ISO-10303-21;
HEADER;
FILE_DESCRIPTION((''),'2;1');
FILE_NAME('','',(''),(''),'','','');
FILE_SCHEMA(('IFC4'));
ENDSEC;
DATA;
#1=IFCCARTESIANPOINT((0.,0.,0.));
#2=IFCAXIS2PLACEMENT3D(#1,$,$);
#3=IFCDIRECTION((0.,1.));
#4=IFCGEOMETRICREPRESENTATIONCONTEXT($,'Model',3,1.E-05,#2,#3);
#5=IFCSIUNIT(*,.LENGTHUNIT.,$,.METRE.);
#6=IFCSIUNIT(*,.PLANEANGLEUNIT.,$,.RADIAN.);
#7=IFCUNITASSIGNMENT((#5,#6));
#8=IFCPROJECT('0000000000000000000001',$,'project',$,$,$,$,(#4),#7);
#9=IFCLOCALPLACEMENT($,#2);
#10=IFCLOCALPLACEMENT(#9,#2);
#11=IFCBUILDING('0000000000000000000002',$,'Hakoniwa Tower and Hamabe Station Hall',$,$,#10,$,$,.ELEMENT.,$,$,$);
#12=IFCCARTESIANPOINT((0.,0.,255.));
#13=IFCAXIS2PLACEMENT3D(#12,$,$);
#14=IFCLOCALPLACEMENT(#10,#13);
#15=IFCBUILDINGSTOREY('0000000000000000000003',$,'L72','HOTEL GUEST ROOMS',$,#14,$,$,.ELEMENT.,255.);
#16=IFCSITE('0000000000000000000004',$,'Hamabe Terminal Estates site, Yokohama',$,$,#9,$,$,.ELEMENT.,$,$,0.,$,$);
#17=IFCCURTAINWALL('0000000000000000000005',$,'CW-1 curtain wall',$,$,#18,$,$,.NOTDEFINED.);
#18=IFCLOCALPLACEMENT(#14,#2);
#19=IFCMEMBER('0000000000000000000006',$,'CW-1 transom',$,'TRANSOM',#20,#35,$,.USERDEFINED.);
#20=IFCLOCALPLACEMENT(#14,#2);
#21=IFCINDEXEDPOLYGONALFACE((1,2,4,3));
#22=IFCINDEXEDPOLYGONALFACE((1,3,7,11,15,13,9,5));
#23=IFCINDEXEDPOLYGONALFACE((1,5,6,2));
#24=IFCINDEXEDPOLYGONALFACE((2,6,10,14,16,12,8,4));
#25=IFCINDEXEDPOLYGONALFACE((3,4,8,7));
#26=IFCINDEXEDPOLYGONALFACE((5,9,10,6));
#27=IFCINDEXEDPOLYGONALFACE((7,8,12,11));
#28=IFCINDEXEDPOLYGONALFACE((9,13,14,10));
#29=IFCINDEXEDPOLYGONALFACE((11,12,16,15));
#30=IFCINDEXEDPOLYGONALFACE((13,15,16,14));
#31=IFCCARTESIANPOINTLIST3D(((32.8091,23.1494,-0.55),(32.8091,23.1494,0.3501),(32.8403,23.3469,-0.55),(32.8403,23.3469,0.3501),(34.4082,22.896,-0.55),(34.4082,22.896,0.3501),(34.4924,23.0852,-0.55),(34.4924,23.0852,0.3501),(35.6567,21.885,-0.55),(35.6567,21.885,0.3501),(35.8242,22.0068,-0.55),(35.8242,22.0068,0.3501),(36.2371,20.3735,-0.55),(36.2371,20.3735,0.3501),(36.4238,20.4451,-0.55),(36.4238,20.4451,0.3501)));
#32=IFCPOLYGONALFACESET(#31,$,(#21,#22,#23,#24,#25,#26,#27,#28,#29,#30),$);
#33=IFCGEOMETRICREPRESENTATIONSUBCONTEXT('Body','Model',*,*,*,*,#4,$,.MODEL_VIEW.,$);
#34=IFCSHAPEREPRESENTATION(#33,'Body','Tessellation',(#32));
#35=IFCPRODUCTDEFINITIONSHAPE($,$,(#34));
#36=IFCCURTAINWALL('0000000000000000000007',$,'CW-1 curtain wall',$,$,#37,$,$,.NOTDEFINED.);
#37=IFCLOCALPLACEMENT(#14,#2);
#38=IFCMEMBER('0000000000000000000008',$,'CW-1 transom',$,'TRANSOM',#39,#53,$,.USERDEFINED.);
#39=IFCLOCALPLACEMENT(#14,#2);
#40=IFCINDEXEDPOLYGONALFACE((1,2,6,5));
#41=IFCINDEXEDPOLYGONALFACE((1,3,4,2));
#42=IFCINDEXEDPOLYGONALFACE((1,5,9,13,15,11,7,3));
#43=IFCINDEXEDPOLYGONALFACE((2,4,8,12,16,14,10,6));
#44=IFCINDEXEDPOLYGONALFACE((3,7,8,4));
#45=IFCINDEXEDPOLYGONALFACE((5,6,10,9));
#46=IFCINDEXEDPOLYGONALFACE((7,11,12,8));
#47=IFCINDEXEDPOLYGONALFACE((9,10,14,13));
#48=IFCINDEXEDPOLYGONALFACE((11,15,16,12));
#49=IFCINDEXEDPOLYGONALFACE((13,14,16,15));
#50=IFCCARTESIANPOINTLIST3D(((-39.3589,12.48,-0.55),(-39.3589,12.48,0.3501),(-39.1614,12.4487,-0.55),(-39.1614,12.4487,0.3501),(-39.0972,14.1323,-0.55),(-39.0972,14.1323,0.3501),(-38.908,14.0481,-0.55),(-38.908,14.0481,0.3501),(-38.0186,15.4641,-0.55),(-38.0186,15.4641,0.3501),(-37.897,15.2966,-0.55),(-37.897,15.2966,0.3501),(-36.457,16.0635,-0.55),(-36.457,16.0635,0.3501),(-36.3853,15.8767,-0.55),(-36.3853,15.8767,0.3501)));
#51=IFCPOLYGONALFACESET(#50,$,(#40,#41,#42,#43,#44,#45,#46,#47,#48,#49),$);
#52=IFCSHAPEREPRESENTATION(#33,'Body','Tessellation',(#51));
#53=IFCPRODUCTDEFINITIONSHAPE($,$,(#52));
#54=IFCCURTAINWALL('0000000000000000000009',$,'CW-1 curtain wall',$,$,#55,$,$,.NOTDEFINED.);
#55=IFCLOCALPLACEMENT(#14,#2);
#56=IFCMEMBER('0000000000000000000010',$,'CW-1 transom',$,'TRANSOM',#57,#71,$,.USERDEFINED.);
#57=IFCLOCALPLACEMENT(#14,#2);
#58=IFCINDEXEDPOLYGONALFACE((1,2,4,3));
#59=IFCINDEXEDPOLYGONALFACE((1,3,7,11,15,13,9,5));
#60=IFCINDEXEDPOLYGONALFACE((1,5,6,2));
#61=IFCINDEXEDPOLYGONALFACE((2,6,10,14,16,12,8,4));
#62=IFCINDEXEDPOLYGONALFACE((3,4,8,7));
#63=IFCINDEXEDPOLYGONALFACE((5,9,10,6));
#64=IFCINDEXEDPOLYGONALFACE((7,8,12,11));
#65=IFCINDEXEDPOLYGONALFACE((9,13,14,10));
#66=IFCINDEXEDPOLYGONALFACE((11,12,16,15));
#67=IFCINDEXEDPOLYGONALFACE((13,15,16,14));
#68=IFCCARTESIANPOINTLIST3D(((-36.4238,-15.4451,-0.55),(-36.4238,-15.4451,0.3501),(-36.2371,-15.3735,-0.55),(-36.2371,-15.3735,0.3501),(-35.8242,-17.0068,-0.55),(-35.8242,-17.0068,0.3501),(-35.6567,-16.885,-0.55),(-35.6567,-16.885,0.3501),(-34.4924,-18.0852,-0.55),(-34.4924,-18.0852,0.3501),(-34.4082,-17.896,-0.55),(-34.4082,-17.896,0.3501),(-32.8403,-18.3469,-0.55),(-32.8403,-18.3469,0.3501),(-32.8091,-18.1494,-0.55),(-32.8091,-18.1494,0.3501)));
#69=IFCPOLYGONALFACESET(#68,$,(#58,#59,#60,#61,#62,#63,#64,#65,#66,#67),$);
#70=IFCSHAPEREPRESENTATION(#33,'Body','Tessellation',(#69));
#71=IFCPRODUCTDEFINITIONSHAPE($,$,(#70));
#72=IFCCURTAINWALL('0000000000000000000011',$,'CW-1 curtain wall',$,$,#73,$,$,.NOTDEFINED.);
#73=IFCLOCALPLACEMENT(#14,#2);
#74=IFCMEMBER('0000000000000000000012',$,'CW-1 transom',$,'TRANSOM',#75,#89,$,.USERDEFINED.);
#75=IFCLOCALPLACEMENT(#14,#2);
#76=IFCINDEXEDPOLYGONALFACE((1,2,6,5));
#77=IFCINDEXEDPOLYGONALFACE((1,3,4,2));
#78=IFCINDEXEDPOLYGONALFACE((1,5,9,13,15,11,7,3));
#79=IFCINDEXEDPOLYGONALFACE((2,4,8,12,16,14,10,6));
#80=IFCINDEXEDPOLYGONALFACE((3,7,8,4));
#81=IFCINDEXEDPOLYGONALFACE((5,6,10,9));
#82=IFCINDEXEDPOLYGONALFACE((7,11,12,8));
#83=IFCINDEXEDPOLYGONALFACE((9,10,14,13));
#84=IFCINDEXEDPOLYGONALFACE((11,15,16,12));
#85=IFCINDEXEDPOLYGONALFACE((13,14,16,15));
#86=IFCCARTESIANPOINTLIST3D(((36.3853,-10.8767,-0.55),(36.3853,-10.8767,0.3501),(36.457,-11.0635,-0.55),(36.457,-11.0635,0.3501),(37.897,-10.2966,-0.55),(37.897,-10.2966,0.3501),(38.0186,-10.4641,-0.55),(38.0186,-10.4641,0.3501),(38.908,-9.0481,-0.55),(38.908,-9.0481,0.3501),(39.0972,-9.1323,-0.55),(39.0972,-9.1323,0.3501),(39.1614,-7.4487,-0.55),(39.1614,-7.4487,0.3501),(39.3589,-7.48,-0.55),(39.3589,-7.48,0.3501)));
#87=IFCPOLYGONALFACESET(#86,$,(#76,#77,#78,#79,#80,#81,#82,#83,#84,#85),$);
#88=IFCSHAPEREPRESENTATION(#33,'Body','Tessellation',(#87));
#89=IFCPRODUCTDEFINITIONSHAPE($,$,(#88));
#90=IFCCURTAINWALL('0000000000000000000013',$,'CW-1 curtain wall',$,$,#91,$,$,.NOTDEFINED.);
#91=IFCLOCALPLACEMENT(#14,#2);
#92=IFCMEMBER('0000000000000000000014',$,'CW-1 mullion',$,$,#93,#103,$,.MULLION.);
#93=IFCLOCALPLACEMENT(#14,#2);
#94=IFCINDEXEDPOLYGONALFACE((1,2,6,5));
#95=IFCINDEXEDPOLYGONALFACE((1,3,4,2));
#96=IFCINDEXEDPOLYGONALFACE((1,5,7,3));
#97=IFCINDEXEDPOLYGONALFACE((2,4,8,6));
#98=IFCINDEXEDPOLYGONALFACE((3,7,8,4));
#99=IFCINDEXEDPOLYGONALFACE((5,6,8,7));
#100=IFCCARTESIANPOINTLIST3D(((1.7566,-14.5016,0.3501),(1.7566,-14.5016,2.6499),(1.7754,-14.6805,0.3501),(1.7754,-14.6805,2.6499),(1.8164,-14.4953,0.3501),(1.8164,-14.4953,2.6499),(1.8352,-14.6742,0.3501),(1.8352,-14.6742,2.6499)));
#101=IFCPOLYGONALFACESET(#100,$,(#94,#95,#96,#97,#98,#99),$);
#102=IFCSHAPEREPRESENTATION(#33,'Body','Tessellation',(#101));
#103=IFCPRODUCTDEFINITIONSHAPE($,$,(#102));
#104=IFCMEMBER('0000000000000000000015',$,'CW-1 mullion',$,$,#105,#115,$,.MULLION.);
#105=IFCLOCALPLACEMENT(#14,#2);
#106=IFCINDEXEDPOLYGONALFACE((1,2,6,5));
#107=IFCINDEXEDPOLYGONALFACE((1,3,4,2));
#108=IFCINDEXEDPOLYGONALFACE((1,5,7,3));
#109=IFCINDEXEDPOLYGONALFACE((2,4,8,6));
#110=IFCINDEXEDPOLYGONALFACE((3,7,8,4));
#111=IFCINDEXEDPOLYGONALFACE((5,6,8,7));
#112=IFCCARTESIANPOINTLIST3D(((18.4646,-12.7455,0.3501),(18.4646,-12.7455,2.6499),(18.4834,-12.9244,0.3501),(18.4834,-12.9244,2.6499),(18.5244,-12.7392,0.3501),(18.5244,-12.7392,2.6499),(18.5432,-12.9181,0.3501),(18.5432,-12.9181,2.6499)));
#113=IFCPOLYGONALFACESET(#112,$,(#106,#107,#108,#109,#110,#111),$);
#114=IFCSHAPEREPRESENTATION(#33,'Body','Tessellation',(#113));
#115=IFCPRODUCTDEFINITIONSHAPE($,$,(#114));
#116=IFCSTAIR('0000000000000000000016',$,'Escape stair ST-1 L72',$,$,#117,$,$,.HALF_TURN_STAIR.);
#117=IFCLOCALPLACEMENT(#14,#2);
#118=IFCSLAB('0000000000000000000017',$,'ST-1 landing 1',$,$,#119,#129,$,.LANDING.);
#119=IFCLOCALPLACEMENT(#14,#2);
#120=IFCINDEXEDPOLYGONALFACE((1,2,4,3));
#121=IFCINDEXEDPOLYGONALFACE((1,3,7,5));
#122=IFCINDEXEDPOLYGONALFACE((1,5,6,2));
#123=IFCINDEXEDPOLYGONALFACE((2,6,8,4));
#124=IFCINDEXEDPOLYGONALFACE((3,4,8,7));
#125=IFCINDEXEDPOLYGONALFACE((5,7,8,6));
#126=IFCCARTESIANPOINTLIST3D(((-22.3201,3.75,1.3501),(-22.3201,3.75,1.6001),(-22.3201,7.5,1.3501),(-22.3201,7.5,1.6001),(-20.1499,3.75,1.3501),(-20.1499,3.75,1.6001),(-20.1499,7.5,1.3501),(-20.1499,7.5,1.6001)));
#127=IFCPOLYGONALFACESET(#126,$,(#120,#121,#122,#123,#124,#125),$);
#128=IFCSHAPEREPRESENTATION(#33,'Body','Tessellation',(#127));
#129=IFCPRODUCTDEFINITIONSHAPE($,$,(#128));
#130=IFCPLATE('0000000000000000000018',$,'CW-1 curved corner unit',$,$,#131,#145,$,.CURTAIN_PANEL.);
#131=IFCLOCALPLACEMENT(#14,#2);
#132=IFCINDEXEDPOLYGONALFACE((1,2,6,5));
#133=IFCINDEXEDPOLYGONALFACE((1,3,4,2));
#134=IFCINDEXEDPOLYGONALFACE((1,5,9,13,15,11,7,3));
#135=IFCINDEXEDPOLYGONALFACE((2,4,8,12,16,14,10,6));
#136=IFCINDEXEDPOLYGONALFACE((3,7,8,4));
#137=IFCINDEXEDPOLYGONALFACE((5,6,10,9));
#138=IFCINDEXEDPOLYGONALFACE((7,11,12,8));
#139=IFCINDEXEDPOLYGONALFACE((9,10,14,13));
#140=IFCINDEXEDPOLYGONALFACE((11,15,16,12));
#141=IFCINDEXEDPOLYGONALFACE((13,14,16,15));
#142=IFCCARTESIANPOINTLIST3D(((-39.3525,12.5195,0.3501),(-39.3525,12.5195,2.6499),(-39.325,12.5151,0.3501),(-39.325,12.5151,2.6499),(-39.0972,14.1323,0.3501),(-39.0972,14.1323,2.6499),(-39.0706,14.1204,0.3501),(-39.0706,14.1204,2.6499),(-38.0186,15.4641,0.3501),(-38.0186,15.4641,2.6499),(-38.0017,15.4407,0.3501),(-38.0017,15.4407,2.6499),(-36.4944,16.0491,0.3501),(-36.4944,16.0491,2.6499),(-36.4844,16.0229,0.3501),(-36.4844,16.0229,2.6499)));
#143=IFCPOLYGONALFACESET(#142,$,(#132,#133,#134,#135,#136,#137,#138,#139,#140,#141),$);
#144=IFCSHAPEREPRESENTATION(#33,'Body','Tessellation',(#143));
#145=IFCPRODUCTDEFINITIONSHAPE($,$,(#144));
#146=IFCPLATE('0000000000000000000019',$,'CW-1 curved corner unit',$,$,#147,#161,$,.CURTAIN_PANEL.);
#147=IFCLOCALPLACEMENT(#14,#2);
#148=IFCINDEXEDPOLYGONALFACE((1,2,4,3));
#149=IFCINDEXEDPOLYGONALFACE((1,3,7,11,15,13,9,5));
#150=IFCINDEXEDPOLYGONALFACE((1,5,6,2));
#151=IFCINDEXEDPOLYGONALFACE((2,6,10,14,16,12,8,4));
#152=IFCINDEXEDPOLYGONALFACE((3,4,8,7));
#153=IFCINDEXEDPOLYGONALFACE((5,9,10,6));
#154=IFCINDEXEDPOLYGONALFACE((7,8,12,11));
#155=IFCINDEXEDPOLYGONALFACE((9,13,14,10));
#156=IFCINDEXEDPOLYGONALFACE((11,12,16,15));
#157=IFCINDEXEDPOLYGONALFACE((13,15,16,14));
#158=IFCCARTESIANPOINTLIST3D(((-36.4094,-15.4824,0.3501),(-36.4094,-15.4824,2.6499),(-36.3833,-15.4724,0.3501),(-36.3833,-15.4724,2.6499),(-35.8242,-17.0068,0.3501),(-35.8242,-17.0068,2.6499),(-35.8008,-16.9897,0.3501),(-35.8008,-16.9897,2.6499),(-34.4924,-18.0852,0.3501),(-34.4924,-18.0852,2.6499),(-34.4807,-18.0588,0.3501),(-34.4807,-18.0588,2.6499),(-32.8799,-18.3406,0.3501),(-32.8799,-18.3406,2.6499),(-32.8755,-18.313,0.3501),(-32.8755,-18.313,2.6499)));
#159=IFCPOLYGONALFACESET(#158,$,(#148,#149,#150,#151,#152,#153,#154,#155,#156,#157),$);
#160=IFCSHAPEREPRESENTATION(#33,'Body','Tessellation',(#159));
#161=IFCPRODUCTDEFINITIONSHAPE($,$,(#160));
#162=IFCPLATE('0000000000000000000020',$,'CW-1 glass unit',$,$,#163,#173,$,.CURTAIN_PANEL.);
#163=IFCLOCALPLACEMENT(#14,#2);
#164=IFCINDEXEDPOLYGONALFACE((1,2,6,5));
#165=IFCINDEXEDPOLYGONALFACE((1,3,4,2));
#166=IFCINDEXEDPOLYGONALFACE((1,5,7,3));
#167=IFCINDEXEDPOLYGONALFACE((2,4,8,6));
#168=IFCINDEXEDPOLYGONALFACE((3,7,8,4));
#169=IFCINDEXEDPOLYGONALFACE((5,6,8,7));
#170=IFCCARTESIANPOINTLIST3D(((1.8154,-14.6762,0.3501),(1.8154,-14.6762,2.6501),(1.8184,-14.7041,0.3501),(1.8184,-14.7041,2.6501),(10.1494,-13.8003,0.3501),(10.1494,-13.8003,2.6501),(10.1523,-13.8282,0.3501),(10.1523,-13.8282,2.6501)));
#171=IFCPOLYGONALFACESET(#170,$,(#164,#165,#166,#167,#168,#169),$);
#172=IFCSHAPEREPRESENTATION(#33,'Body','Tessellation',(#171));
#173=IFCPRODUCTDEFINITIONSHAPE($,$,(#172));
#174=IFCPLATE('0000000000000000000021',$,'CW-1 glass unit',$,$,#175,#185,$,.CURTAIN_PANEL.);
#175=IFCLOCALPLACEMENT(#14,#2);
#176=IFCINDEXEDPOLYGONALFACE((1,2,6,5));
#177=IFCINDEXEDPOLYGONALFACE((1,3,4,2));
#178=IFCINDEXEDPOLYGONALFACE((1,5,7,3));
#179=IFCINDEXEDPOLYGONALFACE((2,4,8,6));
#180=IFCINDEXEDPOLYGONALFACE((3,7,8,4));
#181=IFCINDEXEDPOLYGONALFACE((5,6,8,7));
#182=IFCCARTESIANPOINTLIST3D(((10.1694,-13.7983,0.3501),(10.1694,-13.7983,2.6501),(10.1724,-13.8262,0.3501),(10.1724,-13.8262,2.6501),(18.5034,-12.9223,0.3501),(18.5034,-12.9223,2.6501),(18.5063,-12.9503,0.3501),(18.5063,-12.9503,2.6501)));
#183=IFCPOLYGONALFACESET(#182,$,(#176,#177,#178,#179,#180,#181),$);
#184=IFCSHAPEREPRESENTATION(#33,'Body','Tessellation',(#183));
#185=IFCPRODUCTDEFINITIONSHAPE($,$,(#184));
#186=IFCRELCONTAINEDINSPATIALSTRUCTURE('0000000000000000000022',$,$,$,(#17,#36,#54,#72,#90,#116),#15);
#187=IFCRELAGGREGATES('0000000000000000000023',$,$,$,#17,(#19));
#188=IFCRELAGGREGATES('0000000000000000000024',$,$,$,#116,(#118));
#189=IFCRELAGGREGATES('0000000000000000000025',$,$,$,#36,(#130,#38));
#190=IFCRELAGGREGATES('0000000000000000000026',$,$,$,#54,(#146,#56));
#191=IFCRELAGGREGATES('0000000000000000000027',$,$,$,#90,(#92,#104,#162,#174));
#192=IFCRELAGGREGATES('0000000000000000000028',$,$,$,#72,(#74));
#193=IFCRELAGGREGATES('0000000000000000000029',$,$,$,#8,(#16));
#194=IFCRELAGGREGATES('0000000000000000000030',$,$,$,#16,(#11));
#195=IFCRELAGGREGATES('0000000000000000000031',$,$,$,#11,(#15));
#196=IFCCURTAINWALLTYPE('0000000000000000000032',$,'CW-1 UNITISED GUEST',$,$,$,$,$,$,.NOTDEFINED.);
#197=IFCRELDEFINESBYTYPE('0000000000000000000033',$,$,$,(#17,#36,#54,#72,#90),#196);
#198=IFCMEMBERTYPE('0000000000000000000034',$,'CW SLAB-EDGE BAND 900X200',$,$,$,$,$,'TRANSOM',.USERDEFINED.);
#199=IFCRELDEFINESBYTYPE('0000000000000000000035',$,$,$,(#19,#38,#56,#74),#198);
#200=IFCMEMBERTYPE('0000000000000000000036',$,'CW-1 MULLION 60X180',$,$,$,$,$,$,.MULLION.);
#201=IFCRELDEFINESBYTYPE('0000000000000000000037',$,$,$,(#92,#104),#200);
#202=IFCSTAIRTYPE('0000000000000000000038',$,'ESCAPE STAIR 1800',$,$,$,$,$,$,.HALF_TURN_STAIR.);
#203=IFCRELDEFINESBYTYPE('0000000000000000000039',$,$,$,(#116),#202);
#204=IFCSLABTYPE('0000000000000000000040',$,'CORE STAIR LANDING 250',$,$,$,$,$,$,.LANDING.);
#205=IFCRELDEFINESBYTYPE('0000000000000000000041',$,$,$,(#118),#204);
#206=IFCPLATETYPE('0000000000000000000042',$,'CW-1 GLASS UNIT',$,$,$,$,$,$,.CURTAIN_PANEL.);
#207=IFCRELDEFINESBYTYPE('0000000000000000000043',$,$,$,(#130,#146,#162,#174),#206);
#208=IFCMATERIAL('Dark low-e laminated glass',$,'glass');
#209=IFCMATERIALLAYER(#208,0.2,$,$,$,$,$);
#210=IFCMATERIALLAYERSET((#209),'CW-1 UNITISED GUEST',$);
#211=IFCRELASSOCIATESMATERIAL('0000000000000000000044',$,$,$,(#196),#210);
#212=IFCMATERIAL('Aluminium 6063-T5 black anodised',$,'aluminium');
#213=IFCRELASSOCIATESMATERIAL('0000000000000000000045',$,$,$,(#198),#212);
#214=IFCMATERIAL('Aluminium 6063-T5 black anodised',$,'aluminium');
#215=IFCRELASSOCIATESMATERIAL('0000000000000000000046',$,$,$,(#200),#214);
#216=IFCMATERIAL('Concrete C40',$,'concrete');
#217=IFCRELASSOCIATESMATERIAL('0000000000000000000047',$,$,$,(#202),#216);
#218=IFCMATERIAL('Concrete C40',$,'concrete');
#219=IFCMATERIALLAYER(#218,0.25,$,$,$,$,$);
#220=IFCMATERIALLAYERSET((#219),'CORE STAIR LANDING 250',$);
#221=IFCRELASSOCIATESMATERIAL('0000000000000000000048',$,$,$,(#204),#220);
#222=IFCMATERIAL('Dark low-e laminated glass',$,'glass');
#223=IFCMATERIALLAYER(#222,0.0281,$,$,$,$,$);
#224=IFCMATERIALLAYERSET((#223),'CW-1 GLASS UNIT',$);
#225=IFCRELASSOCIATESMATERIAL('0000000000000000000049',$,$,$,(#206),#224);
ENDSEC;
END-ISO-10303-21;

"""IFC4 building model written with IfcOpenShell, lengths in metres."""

from ifc_helpers import new_model, si_unit, direction, frame, origin, origin_2d, place, context, subcontext, project, spatial, polyline, rectangle, outline, extrude, material, layer, layer_set, material_profile, profile_set, type_object, element, aggregate, save


model = new_model("IFC4")

# Units and contexts
model_context = context("Model", 3, precision=1e-05, world=origin(), true_north=direction((0.0, 1.0)))
body_context = subcontext(model_context, "Body", "Model", "MODEL_VIEW")
ifc_project = project(units=[si_unit("LENGTHUNIT", "METRE"), si_unit("PLANEANGLEUNIT", "RADIAN")], contexts=[model_context])

# Site, building, storey
site_placement = place(None, origin())
site = spatial("IfcSite", under=ifc_project, at=site_placement, Name="Hamabe Terminal Estates site, Yokohama", CompositionType="ELEMENT", RefElevation=0.0)
building_placement = place(site_placement, origin())
building = spatial("IfcBuilding", under=site, at=building_placement, Name="Hakoniwa Tower and Hamabe Station Hall", CompositionType="ELEMENT")
storey_placement = place(building_placement, frame((0.0, 0.0, 255.0)))
storey = spatial("IfcBuildingStorey", under=building, at=storey_placement, Name="L72", Description="HOTEL GUEST ROOMS", CompositionType="ELEMENT", Elevation=255.0)

# Curtain walls, members
ifc_material_1 = material(Name="Dark low-e laminated glass", Category="glass")
ifc_layer_1 = layer(ifc_material_1, 0.2)
ifc_layer_set_1 = layer_set([ifc_layer_1], Name="CW-1 UNITISED GUEST")
curtain_wall_type = type_object("IfcCurtainWallType", Name="CW-1 UNITISED GUEST", PredefinedType="NOTDEFINED", material=ifc_layer_set_1)
curtain_wall_1_placement = place(storey_placement, origin())
curtain_wall_1 = element("IfcCurtainWall", 1, at=curtain_wall_1_placement, inside=storey, type_object=curtain_wall_type, Name="CW-1 curtain wall", PredefinedType="NOTDEFINED")
ifc_material_2 = material(Name="Aluminium 6063-T5 black anodised", Category="aluminium")
ifc_material_profile_1 = material_profile(ifc_material_2, rectangle(XDim=0.2, YDim=0.8999, at=origin_2d()), Name="CW SLAB-EDGE BAND 900X200")
ifc_profile_set_1 = profile_set([ifc_material_profile_1], Name="Aluminium 6063-T5 black anodised")
member_type_1 = type_object("IfcMemberType", Name="CW SLAB-EDGE BAND 900X200", ElementType="TRANSOM", PredefinedType="USERDEFINED", material=ifc_profile_set_1)
member_1_placement = place(storey_placement, frame((0.0, 0.0, -0.55)))
member_1 = element("IfcMember", 2, at=member_1_placement, type_object=member_type_1, Name="CW-1 transom", ObjectType="TRANSOM", PredefinedType="USERDEFINED", context=body_context, shape_type="SweptSolid", body=[
    extrude(outline(polyline([(36.4238, 20.4451), (35.8242, 22.0068), (34.4924, 23.0852), (32.8403, 23.3469), (32.8091, 23.1494), (34.4082, 22.896), (35.6567, 21.885), (36.2371, 20.3735), (36.4238, 20.4451)])), origin(), (0.0, 0.0, 1.0), 0.9001),
])
aggregate(curtain_wall_1, [member_1])
curtain_wall_2_placement = place(storey_placement, origin())
curtain_wall_2 = element("IfcCurtainWall", 3, at=curtain_wall_2_placement, inside=storey, type_object=curtain_wall_type, Name="CW-1 curtain wall", PredefinedType="NOTDEFINED")
member_2_placement = place(storey_placement, frame((0.0, 0.0, -0.55)))
member_2 = element("IfcMember", 4, at=member_2_placement, type_object=member_type_1, Name="CW-1 transom", ObjectType="TRANSOM", PredefinedType="USERDEFINED", context=body_context, shape_type="SweptSolid", body=[
    extrude(outline(polyline([(-36.457, 16.0635), (-38.0186, 15.4641), (-39.0972, 14.1323), (-39.3589, 12.48), (-39.1614, 12.4487), (-38.908, 14.0481), (-37.897, 15.2966), (-36.3853, 15.8767), (-36.457, 16.0635)])), origin(), (0.0, 0.0, 1.0), 0.9001),
])
curtain_wall_3_placement = place(storey_placement, origin())
curtain_wall_3 = element("IfcCurtainWall", 5, at=curtain_wall_3_placement, inside=storey, type_object=curtain_wall_type, Name="CW-1 curtain wall", PredefinedType="NOTDEFINED")
member_3_placement = place(storey_placement, frame((0.0, 0.0, -0.55)))
member_3 = element("IfcMember", 6, at=member_3_placement, type_object=member_type_1, Name="CW-1 transom", ObjectType="TRANSOM", PredefinedType="USERDEFINED", context=body_context, shape_type="SweptSolid", body=[
    extrude(outline(polyline([(-36.4238, -15.4451), (-35.8242, -17.0068), (-34.4924, -18.0852), (-32.8403, -18.3469), (-32.8091, -18.1494), (-34.4082, -17.896), (-35.6567, -16.885), (-36.2371, -15.3735), (-36.4238, -15.4451)])), origin(), (0.0, 0.0, 1.0), 0.9001),
])
curtain_wall_4_placement = place(storey_placement, origin())
curtain_wall_4 = element("IfcCurtainWall", 7, at=curtain_wall_4_placement, inside=storey, type_object=curtain_wall_type, Name="CW-1 curtain wall", PredefinedType="NOTDEFINED")
member_4_placement = place(storey_placement, frame((0.0, 0.0, -0.55)))
member_4 = element("IfcMember", 8, at=member_4_placement, type_object=member_type_1, Name="CW-1 transom", ObjectType="TRANSOM", PredefinedType="USERDEFINED", context=body_context, shape_type="SweptSolid", body=[
    extrude(outline(polyline([(36.457, -11.0635), (38.0186, -10.4641), (39.0972, -9.1323), (39.3589, -7.48), (39.1614, -7.4487), (38.908, -9.0481), (37.897, -10.2966), (36.3853, -10.8767), (36.457, -11.0635)])), origin(), (0.0, 0.0, 1.0), 0.9001),
])

# Curtain wall, members
curtain_wall_5_placement = place(storey_placement, origin())
curtain_wall_5 = element("IfcCurtainWall", 9, at=curtain_wall_5_placement, inside=storey, type_object=curtain_wall_type, Name="CW-1 curtain wall", PredefinedType="NOTDEFINED")
ifc_material_3 = material(Name="Aluminium 6063-T5 black anodised", Category="aluminium")
ifc_material_profile_2 = material_profile(ifc_material_3, rectangle(XDim=0.0601, YDim=0.1799, at=origin_2d()), Name="CW-1 MULLION 60X180")
ifc_profile_set_2 = profile_set([ifc_material_profile_2], Name="Aluminium 6063-T5 black anodised")
member_type_2 = type_object("IfcMemberType", Name="CW-1 MULLION 60X180", PredefinedType="MULLION", material=ifc_profile_set_2)
member_5_placement = place(storey_placement, frame((1.7959, -14.5879, 0.3501), z_axis=(0.0, 0.0, 1.0), x_axis=(0.994522, 0.104528, 0.0)))
member_5 = element("IfcMember", 10, at=member_5_placement, type_object=member_type_2, Name="CW-1 mullion", PredefinedType="MULLION", context=body_context, shape_type="SweptSolid", body=[
    extrude(rectangle(XDim=0.0601, YDim=0.1799, at=origin_2d()), origin(), (0.0, 0.0, 1.0), 2.2998),
])
member_6_placement = place(storey_placement, frame((18.5039, -12.8318, 0.3501), z_axis=(0.0, 0.0, 1.0), x_axis=(0.994522, 0.104528, 0.0)))
member_6 = element("IfcMember", 11, at=member_6_placement, type_object=member_type_2, Name="CW-1 mullion", PredefinedType="MULLION", context=body_context, shape_type="SweptSolid", body=[
    extrude(rectangle(XDim=0.0601, YDim=0.1799, at=origin_2d()), origin(), (0.0, 0.0, 1.0), 2.2998),
])

# Stair, slab
ifc_material_4 = material(Name="Concrete C40", Category="concrete")
stair_type = type_object("IfcStairType", Name="ESCAPE STAIR 1800", PredefinedType="HALF_TURN_STAIR", material=ifc_material_4)
stair_placement = place(storey_placement, origin())
stair = element("IfcStair", 12, at=stair_placement, inside=storey, type_object=stair_type, Name="Escape stair ST-1 L72", PredefinedType="HALF_TURN_STAIR")
ifc_material_5 = material(Name="Concrete C40", Category="concrete")
ifc_layer_2 = layer(ifc_material_5, 0.25)
ifc_layer_set_2 = layer_set([ifc_layer_2], Name="CORE STAIR LANDING 250")
slab_type = type_object("IfcSlabType", Name="CORE STAIR LANDING 250", PredefinedType="LANDING", material=ifc_layer_set_2)
slab_placement = place(storey_placement, frame((0.0, 0.0, 1.3501)))
slab = element("IfcSlab", 13, at=slab_placement, type_object=slab_type, Name="ST-1 landing 1", PredefinedType="LANDING", context=body_context, shape_type="SweptSolid", body=[
    extrude(outline(polyline([(-22.3201, 3.75), (-20.1499, 3.75), (-20.1499, 7.5), (-22.3201, 7.5), (-22.3201, 3.75)])), origin(), (0.0, 0.0, 1.0), 0.25),
])
aggregate(stair, [slab])

# Plates
ifc_material_6 = material(Name="Dark low-e laminated glass", Category="glass")
ifc_layer_3 = layer(ifc_material_6, 0.0281)
ifc_layer_set_3 = layer_set([ifc_layer_3], Name="CW-1 GLASS UNIT")
plate_type = type_object("IfcPlateType", Name="CW-1 GLASS UNIT", PredefinedType="CURTAIN_PANEL", material=ifc_layer_set_3)
plate_1_placement = place(storey_placement, frame((0.0, 0.0, 0.3501)))
plate_1 = element("IfcPlate", 14, at=plate_1_placement, type_object=plate_type, Name="CW-1 curved corner unit", PredefinedType="CURTAIN_PANEL", context=body_context, shape_type="SweptSolid", body=[
    extrude(outline(polyline([(-36.4944, 16.0491), (-38.0186, 15.4641), (-39.0972, 14.1323), (-39.3525, 12.5195), (-39.325, 12.5151), (-39.0706, 14.1204), (-38.0017, 15.4407), (-36.4844, 16.0229), (-36.4944, 16.0491)])), origin(), (0.0, 0.0, 1.0), 2.2998),
])
aggregate(curtain_wall_2, [plate_1, member_2])
plate_2_placement = place(storey_placement, frame((0.0, 0.0, 0.3501)))
plate_2 = element("IfcPlate", 15, at=plate_2_placement, type_object=plate_type, Name="CW-1 curved corner unit", PredefinedType="CURTAIN_PANEL", context=body_context, shape_type="SweptSolid", body=[
    extrude(outline(polyline([(-36.4094, -15.4824), (-35.8242, -17.0068), (-34.4924, -18.0852), (-32.8799, -18.3406), (-32.8755, -18.313), (-34.4807, -18.0588), (-35.8008, -16.9897), (-36.3833, -15.4724), (-36.4094, -15.4824)])), origin(), (0.0, 0.0, 1.0), 2.2998),
])
aggregate(curtain_wall_3, [plate_2, member_3])
plate_3_placement = place(storey_placement, frame((5.9839, -14.2522, 0.3501), z_axis=(0.0, 0.0, 1.0), x_axis=(0.994522, 0.104528, 0.0)))
plate_3 = element("IfcPlate", 16, at=plate_3_placement, type_object=plate_type, Name="CW-1 glass unit", PredefinedType="CURTAIN_PANEL", context=body_context, shape_type="SweptSolid", body=[
    extrude(rectangle(XDim=8.3799, YDim=0.0281, at=origin_2d()), origin(), (0.0, 0.0, 1.0), 2.3),
])
plate_4_placement = place(storey_placement, frame((14.3379, -13.3743, 0.3501), z_axis=(0.0, 0.0, 1.0), x_axis=(0.994522, 0.104528, 0.0)))
plate_4 = element("IfcPlate", 17, at=plate_4_placement, type_object=plate_type, Name="CW-1 glass unit", PredefinedType="CURTAIN_PANEL", context=body_context, shape_type="SweptSolid", body=[
    extrude(rectangle(XDim=8.3799, YDim=0.0281, at=origin_2d()), origin(), (0.0, 0.0, 1.0), 2.3),
])
aggregate(curtain_wall_5, [member_5, member_6, plate_3, plate_4])
aggregate(curtain_wall_4, [member_4])

save(model, "model.ifc")
